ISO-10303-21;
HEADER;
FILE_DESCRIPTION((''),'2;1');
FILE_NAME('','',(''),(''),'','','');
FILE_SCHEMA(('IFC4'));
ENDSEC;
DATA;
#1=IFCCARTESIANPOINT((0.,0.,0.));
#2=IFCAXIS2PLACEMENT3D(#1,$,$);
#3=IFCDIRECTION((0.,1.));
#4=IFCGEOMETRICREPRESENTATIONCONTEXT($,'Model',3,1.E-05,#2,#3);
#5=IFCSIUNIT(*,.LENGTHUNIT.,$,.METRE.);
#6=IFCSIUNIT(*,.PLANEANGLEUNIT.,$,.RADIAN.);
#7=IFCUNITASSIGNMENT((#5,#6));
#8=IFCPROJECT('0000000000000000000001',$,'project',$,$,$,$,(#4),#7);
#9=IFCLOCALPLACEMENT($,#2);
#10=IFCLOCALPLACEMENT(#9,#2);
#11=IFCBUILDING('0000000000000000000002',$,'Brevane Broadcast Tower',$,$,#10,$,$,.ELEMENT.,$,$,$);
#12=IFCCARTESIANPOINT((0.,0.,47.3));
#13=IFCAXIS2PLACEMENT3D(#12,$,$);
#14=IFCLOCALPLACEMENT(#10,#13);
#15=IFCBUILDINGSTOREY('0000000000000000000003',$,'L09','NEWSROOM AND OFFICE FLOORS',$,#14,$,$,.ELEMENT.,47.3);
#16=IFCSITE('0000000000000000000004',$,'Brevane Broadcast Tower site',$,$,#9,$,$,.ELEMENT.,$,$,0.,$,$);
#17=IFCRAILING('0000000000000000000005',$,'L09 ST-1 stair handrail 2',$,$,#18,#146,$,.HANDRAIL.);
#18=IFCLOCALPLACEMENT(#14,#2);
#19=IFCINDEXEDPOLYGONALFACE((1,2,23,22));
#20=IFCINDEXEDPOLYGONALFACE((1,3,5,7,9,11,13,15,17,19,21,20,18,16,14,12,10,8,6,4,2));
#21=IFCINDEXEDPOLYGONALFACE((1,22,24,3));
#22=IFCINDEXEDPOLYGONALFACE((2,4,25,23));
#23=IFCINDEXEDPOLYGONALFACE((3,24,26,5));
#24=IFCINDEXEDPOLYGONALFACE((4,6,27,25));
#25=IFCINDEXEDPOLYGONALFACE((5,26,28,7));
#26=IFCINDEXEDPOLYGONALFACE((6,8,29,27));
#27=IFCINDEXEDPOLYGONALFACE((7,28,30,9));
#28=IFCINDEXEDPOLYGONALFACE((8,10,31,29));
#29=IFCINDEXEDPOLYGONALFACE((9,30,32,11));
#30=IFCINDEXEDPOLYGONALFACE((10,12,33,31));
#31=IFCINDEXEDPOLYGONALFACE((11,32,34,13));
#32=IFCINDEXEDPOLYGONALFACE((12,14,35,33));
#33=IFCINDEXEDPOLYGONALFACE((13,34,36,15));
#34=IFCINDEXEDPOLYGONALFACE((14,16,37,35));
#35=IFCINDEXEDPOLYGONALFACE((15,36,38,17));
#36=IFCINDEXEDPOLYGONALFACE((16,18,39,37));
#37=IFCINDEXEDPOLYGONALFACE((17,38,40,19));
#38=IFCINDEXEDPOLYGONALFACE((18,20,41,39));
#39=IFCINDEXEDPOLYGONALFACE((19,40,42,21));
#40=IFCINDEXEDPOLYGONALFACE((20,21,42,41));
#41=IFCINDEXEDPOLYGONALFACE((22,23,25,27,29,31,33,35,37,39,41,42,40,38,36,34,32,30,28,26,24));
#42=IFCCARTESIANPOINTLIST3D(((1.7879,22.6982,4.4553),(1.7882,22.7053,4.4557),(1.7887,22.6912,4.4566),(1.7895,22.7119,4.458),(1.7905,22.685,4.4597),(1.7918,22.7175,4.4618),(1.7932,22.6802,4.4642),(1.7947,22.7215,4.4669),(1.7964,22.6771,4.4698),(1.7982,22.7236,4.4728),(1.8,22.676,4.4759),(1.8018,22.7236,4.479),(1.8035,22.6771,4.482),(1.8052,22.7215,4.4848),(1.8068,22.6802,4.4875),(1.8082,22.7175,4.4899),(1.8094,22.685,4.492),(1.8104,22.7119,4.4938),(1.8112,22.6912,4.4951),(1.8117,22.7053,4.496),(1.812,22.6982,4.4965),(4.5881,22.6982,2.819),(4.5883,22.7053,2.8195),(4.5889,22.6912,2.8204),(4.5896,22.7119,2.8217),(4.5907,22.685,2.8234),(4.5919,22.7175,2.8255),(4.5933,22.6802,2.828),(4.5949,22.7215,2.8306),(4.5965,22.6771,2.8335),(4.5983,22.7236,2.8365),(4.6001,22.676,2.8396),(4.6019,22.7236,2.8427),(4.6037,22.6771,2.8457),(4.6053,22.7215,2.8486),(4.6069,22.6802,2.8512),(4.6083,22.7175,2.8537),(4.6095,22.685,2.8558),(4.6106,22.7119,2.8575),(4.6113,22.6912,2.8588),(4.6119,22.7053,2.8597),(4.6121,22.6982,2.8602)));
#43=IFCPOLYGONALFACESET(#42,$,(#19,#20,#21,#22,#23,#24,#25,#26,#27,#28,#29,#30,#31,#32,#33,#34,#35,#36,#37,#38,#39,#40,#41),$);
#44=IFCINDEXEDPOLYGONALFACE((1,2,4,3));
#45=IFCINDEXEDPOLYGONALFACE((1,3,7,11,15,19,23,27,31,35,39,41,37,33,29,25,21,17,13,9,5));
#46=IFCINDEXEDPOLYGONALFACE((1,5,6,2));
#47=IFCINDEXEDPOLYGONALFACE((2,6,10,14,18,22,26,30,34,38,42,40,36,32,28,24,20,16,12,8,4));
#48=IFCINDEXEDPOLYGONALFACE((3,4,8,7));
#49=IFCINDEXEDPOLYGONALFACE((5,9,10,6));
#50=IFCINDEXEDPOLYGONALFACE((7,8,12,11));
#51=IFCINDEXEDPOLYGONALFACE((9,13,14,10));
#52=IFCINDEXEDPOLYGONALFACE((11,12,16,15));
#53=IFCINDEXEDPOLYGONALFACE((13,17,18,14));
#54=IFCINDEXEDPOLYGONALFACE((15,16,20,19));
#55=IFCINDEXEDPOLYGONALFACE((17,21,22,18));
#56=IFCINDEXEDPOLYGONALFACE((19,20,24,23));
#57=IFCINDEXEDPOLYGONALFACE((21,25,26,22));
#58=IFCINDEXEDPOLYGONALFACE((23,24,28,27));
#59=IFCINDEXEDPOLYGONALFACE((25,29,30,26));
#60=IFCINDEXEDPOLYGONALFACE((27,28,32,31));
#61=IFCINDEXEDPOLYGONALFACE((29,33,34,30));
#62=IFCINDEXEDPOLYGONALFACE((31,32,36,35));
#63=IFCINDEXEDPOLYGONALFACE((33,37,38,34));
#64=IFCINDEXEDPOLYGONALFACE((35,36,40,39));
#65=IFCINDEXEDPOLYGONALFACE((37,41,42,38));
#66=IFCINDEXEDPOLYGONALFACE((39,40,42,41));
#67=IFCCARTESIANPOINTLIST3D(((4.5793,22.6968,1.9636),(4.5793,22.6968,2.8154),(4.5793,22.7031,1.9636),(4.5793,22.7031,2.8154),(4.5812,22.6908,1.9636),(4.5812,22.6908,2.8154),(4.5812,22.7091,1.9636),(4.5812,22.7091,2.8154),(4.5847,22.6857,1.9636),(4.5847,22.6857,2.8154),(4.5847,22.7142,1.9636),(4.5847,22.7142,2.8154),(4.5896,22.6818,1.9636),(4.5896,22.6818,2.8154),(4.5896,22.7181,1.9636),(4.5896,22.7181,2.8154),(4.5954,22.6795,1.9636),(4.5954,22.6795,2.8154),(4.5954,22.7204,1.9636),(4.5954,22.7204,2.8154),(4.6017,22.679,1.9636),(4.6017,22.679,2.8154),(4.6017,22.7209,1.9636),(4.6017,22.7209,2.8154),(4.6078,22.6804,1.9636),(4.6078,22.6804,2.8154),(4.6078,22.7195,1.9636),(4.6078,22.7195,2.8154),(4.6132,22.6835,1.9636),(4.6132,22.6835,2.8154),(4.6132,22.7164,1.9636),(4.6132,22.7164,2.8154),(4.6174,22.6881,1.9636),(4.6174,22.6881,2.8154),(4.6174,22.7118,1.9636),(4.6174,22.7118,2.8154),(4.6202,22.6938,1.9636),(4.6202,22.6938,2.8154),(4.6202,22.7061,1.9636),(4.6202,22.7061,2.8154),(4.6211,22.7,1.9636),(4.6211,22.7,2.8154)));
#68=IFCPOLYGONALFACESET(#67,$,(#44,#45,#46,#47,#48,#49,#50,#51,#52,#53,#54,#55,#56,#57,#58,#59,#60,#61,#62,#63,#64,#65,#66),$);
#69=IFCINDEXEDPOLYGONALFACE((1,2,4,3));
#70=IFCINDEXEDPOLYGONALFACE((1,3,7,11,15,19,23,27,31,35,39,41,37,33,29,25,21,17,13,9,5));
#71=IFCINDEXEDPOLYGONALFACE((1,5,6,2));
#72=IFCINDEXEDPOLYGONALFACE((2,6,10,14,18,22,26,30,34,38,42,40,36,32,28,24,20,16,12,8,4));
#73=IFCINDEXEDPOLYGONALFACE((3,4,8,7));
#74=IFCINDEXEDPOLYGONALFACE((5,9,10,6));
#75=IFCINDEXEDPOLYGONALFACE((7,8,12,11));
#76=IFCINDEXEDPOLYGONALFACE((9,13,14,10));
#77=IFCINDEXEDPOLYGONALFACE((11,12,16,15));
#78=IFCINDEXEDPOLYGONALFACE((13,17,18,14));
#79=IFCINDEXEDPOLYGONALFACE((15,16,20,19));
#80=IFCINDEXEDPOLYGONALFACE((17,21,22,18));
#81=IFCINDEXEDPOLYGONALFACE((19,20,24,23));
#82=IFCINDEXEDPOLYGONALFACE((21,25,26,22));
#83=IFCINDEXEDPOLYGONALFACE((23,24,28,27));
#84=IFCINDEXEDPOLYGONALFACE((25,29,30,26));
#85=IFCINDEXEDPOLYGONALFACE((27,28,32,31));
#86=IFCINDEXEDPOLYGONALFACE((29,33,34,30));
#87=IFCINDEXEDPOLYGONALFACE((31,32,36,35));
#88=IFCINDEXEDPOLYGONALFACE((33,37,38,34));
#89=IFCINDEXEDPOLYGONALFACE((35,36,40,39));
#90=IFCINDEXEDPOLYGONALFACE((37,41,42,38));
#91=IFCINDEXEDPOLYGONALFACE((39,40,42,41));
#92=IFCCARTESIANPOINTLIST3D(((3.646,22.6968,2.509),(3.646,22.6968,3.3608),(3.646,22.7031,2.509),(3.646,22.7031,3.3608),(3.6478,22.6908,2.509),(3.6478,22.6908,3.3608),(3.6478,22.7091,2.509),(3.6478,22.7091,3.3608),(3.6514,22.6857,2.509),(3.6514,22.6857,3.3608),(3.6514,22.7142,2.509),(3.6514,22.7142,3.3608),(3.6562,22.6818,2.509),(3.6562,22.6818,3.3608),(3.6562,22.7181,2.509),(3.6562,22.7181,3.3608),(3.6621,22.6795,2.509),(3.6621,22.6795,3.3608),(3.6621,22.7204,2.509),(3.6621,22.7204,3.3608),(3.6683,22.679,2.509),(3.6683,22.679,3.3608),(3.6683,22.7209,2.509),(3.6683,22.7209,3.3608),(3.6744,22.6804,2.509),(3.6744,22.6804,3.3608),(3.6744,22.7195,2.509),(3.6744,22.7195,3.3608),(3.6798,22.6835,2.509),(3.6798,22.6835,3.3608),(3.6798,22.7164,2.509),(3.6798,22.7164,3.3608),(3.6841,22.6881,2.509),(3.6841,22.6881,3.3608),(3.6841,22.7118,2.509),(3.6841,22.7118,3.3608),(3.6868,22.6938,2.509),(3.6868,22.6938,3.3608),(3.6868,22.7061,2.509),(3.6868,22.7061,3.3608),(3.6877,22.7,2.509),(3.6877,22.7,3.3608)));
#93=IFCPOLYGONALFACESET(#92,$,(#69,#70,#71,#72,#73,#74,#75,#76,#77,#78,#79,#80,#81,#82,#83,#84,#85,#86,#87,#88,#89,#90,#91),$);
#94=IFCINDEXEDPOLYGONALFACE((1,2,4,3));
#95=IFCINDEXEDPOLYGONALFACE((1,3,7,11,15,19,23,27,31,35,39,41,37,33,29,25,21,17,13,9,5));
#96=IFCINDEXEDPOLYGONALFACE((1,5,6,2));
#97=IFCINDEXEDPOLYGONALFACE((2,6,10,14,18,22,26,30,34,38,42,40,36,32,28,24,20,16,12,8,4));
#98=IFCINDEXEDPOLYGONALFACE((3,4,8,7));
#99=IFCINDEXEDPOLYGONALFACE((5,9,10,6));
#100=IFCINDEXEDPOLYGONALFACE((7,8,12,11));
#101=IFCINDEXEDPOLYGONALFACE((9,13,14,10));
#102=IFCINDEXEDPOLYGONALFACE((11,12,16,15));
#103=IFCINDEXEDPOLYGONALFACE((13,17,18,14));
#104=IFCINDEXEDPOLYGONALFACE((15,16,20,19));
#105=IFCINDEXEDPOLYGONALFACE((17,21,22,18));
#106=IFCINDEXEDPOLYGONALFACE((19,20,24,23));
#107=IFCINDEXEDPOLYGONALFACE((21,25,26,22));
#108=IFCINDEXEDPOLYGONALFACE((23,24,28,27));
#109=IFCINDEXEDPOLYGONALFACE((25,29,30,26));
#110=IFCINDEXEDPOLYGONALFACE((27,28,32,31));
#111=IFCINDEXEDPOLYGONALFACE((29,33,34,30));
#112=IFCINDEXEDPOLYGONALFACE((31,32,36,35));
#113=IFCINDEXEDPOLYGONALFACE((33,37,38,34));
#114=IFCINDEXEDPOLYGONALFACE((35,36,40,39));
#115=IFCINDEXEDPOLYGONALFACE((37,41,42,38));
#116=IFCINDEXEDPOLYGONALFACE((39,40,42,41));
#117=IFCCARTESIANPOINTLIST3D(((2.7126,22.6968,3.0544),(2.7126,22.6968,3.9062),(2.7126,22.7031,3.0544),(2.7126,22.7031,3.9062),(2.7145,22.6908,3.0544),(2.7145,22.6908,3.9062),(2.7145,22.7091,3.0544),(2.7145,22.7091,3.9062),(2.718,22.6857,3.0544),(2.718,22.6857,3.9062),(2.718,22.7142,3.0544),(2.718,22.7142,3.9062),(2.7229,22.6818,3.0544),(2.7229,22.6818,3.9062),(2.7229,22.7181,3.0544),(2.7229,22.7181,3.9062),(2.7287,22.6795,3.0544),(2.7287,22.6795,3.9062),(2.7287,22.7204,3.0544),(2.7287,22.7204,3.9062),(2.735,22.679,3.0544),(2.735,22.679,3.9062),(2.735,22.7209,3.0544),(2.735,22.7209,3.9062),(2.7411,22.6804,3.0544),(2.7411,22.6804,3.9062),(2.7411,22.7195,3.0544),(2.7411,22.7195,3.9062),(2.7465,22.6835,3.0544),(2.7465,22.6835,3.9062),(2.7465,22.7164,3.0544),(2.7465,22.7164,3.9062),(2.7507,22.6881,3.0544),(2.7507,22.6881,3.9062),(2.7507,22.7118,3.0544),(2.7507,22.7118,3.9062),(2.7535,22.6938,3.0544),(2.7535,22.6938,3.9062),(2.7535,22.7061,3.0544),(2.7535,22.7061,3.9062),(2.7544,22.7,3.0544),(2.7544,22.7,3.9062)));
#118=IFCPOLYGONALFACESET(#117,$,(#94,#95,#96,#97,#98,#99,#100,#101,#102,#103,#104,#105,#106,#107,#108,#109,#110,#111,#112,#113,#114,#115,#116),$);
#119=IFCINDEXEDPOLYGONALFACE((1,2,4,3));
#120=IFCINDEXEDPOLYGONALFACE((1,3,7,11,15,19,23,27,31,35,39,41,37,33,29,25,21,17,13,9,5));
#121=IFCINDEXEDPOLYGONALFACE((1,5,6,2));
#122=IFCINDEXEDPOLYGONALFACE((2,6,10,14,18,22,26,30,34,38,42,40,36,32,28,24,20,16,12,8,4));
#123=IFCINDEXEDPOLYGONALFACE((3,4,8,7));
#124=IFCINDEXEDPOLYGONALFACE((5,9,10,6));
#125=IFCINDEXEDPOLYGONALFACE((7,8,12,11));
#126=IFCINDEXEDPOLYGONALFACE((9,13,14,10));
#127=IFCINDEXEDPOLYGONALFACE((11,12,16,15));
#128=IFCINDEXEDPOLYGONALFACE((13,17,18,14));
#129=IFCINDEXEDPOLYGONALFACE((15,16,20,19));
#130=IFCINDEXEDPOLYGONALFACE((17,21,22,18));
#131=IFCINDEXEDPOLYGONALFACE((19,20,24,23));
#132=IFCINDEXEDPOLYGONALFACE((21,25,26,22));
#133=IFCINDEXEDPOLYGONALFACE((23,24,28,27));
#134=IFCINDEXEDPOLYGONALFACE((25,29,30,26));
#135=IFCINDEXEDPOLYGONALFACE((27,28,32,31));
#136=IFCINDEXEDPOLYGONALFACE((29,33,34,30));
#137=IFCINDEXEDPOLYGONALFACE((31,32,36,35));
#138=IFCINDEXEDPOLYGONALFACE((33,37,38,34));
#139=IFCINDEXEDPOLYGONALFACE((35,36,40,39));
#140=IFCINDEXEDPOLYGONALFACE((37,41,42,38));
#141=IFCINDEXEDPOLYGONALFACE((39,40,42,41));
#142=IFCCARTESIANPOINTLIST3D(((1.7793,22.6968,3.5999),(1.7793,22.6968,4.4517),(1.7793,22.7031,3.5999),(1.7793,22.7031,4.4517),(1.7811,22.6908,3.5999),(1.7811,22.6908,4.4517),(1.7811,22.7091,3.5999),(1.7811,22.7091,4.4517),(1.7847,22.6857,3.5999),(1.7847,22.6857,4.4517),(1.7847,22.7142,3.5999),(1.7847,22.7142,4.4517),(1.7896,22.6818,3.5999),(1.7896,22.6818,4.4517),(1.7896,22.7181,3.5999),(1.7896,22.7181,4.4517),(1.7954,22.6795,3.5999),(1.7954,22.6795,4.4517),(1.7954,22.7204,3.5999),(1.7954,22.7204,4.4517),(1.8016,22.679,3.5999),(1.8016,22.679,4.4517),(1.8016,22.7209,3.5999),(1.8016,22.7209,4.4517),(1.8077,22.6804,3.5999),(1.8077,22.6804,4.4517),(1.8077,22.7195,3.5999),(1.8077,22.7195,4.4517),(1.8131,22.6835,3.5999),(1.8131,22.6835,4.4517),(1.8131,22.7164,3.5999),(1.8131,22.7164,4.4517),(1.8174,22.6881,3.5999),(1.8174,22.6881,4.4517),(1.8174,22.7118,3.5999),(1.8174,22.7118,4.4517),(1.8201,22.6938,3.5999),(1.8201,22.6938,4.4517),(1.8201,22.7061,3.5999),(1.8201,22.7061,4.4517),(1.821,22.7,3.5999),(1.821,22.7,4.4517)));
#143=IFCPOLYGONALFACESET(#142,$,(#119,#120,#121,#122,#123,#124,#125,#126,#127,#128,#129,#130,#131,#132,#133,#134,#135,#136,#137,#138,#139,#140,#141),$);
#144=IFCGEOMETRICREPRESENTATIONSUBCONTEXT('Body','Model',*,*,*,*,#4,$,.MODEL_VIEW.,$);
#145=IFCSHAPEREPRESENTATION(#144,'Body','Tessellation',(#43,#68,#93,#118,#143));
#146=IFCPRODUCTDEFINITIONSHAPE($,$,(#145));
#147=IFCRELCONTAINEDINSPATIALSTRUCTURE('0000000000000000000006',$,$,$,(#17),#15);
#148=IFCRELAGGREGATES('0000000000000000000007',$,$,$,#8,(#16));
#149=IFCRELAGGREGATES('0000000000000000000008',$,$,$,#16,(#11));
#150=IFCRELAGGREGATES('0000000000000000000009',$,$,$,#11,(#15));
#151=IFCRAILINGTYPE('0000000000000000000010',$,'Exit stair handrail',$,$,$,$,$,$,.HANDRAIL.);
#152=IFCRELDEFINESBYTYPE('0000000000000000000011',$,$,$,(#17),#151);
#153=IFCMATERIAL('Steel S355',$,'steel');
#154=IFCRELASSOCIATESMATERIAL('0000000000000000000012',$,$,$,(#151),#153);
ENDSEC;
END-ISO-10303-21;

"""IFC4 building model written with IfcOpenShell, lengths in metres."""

from ifc_helpers import new_model, si_unit, direction, frame, origin, origin_2d, place, context, subcontext, project, spatial, circle, extrude, material, type_object, element, save


model = new_model("IFC4")

# Units and contexts
model_context = context("Model", 3, precision=1e-05, world=origin(), true_north=direction((0.0, 1.0)))
body_context = subcontext(model_context, "Body", "Model", "MODEL_VIEW")
ifc_project = project(units=[si_unit("LENGTHUNIT", "METRE"), si_unit("PLANEANGLEUNIT", "RADIAN")], contexts=[model_context])

# Site, building, storey
site_placement = place(None, origin())
site = spatial("IfcSite", under=ifc_project, at=site_placement, Name="Brevane Broadcast Tower site", CompositionType="ELEMENT", RefElevation=0.0)
building_placement = place(site_placement, origin())
building = spatial("IfcBuilding", under=site, at=building_placement, Name="Brevane Broadcast Tower", CompositionType="ELEMENT")
storey_placement = place(building_placement, frame((0.0, 0.0, 47.3)))
storey = spatial("IfcBuildingStorey", under=building, at=storey_placement, Name="L09", Description="NEWSROOM AND OFFICE FLOORS", CompositionType="ELEMENT", Elevation=47.3)

# Railing
ifc_material_1 = material(Name="Steel S355", Category="steel")
railing_type_1 = type_object("IfcRailingType", Name="Exit stair handrail", PredefinedType="HANDRAIL", material=ifc_material_1)
railing_1_placement = place(storey_placement, frame((4.6001, 22.7, 1.9636)))
element("IfcRailing", 1, at=railing_1_placement, inside=storey, type_object=railing_type_1, Name="L09 ST-1 stair handrail 2", PredefinedType="HANDRAIL", context=body_context, shape_type="SweptSolid", body=[
    extrude(circle(Radius=0.0239, at=origin_2d()), frame((0.0, 0.0, 0.876), z_axis=(-0.863394, 0.0, 0.504531), x_axis=(0.0, -1.0, 0.0)), (0.0, 0.0, 1.0), 3.2432),
    extrude(circle(Radius=0.021, at=origin_2d()), origin(), (0.0, 0.0, 1.0), 0.8518),
    extrude(circle(Radius=0.021, at=origin_2d()), frame((-0.9333, 0.0, 0.5454)), (0.0, 0.0, 1.0), 0.8518),
    extrude(circle(Radius=0.021, at=origin_2d()), frame((-1.8667, 0.0, 1.0908)), (0.0, 0.0, 1.0), 0.8518),
    extrude(circle(Radius=0.021, at=origin_2d()), frame((-2.8, 0.0, 1.6362)), (0.0, 0.0, 1.0), 0.8518),
])

save(model, "model.ifc")
